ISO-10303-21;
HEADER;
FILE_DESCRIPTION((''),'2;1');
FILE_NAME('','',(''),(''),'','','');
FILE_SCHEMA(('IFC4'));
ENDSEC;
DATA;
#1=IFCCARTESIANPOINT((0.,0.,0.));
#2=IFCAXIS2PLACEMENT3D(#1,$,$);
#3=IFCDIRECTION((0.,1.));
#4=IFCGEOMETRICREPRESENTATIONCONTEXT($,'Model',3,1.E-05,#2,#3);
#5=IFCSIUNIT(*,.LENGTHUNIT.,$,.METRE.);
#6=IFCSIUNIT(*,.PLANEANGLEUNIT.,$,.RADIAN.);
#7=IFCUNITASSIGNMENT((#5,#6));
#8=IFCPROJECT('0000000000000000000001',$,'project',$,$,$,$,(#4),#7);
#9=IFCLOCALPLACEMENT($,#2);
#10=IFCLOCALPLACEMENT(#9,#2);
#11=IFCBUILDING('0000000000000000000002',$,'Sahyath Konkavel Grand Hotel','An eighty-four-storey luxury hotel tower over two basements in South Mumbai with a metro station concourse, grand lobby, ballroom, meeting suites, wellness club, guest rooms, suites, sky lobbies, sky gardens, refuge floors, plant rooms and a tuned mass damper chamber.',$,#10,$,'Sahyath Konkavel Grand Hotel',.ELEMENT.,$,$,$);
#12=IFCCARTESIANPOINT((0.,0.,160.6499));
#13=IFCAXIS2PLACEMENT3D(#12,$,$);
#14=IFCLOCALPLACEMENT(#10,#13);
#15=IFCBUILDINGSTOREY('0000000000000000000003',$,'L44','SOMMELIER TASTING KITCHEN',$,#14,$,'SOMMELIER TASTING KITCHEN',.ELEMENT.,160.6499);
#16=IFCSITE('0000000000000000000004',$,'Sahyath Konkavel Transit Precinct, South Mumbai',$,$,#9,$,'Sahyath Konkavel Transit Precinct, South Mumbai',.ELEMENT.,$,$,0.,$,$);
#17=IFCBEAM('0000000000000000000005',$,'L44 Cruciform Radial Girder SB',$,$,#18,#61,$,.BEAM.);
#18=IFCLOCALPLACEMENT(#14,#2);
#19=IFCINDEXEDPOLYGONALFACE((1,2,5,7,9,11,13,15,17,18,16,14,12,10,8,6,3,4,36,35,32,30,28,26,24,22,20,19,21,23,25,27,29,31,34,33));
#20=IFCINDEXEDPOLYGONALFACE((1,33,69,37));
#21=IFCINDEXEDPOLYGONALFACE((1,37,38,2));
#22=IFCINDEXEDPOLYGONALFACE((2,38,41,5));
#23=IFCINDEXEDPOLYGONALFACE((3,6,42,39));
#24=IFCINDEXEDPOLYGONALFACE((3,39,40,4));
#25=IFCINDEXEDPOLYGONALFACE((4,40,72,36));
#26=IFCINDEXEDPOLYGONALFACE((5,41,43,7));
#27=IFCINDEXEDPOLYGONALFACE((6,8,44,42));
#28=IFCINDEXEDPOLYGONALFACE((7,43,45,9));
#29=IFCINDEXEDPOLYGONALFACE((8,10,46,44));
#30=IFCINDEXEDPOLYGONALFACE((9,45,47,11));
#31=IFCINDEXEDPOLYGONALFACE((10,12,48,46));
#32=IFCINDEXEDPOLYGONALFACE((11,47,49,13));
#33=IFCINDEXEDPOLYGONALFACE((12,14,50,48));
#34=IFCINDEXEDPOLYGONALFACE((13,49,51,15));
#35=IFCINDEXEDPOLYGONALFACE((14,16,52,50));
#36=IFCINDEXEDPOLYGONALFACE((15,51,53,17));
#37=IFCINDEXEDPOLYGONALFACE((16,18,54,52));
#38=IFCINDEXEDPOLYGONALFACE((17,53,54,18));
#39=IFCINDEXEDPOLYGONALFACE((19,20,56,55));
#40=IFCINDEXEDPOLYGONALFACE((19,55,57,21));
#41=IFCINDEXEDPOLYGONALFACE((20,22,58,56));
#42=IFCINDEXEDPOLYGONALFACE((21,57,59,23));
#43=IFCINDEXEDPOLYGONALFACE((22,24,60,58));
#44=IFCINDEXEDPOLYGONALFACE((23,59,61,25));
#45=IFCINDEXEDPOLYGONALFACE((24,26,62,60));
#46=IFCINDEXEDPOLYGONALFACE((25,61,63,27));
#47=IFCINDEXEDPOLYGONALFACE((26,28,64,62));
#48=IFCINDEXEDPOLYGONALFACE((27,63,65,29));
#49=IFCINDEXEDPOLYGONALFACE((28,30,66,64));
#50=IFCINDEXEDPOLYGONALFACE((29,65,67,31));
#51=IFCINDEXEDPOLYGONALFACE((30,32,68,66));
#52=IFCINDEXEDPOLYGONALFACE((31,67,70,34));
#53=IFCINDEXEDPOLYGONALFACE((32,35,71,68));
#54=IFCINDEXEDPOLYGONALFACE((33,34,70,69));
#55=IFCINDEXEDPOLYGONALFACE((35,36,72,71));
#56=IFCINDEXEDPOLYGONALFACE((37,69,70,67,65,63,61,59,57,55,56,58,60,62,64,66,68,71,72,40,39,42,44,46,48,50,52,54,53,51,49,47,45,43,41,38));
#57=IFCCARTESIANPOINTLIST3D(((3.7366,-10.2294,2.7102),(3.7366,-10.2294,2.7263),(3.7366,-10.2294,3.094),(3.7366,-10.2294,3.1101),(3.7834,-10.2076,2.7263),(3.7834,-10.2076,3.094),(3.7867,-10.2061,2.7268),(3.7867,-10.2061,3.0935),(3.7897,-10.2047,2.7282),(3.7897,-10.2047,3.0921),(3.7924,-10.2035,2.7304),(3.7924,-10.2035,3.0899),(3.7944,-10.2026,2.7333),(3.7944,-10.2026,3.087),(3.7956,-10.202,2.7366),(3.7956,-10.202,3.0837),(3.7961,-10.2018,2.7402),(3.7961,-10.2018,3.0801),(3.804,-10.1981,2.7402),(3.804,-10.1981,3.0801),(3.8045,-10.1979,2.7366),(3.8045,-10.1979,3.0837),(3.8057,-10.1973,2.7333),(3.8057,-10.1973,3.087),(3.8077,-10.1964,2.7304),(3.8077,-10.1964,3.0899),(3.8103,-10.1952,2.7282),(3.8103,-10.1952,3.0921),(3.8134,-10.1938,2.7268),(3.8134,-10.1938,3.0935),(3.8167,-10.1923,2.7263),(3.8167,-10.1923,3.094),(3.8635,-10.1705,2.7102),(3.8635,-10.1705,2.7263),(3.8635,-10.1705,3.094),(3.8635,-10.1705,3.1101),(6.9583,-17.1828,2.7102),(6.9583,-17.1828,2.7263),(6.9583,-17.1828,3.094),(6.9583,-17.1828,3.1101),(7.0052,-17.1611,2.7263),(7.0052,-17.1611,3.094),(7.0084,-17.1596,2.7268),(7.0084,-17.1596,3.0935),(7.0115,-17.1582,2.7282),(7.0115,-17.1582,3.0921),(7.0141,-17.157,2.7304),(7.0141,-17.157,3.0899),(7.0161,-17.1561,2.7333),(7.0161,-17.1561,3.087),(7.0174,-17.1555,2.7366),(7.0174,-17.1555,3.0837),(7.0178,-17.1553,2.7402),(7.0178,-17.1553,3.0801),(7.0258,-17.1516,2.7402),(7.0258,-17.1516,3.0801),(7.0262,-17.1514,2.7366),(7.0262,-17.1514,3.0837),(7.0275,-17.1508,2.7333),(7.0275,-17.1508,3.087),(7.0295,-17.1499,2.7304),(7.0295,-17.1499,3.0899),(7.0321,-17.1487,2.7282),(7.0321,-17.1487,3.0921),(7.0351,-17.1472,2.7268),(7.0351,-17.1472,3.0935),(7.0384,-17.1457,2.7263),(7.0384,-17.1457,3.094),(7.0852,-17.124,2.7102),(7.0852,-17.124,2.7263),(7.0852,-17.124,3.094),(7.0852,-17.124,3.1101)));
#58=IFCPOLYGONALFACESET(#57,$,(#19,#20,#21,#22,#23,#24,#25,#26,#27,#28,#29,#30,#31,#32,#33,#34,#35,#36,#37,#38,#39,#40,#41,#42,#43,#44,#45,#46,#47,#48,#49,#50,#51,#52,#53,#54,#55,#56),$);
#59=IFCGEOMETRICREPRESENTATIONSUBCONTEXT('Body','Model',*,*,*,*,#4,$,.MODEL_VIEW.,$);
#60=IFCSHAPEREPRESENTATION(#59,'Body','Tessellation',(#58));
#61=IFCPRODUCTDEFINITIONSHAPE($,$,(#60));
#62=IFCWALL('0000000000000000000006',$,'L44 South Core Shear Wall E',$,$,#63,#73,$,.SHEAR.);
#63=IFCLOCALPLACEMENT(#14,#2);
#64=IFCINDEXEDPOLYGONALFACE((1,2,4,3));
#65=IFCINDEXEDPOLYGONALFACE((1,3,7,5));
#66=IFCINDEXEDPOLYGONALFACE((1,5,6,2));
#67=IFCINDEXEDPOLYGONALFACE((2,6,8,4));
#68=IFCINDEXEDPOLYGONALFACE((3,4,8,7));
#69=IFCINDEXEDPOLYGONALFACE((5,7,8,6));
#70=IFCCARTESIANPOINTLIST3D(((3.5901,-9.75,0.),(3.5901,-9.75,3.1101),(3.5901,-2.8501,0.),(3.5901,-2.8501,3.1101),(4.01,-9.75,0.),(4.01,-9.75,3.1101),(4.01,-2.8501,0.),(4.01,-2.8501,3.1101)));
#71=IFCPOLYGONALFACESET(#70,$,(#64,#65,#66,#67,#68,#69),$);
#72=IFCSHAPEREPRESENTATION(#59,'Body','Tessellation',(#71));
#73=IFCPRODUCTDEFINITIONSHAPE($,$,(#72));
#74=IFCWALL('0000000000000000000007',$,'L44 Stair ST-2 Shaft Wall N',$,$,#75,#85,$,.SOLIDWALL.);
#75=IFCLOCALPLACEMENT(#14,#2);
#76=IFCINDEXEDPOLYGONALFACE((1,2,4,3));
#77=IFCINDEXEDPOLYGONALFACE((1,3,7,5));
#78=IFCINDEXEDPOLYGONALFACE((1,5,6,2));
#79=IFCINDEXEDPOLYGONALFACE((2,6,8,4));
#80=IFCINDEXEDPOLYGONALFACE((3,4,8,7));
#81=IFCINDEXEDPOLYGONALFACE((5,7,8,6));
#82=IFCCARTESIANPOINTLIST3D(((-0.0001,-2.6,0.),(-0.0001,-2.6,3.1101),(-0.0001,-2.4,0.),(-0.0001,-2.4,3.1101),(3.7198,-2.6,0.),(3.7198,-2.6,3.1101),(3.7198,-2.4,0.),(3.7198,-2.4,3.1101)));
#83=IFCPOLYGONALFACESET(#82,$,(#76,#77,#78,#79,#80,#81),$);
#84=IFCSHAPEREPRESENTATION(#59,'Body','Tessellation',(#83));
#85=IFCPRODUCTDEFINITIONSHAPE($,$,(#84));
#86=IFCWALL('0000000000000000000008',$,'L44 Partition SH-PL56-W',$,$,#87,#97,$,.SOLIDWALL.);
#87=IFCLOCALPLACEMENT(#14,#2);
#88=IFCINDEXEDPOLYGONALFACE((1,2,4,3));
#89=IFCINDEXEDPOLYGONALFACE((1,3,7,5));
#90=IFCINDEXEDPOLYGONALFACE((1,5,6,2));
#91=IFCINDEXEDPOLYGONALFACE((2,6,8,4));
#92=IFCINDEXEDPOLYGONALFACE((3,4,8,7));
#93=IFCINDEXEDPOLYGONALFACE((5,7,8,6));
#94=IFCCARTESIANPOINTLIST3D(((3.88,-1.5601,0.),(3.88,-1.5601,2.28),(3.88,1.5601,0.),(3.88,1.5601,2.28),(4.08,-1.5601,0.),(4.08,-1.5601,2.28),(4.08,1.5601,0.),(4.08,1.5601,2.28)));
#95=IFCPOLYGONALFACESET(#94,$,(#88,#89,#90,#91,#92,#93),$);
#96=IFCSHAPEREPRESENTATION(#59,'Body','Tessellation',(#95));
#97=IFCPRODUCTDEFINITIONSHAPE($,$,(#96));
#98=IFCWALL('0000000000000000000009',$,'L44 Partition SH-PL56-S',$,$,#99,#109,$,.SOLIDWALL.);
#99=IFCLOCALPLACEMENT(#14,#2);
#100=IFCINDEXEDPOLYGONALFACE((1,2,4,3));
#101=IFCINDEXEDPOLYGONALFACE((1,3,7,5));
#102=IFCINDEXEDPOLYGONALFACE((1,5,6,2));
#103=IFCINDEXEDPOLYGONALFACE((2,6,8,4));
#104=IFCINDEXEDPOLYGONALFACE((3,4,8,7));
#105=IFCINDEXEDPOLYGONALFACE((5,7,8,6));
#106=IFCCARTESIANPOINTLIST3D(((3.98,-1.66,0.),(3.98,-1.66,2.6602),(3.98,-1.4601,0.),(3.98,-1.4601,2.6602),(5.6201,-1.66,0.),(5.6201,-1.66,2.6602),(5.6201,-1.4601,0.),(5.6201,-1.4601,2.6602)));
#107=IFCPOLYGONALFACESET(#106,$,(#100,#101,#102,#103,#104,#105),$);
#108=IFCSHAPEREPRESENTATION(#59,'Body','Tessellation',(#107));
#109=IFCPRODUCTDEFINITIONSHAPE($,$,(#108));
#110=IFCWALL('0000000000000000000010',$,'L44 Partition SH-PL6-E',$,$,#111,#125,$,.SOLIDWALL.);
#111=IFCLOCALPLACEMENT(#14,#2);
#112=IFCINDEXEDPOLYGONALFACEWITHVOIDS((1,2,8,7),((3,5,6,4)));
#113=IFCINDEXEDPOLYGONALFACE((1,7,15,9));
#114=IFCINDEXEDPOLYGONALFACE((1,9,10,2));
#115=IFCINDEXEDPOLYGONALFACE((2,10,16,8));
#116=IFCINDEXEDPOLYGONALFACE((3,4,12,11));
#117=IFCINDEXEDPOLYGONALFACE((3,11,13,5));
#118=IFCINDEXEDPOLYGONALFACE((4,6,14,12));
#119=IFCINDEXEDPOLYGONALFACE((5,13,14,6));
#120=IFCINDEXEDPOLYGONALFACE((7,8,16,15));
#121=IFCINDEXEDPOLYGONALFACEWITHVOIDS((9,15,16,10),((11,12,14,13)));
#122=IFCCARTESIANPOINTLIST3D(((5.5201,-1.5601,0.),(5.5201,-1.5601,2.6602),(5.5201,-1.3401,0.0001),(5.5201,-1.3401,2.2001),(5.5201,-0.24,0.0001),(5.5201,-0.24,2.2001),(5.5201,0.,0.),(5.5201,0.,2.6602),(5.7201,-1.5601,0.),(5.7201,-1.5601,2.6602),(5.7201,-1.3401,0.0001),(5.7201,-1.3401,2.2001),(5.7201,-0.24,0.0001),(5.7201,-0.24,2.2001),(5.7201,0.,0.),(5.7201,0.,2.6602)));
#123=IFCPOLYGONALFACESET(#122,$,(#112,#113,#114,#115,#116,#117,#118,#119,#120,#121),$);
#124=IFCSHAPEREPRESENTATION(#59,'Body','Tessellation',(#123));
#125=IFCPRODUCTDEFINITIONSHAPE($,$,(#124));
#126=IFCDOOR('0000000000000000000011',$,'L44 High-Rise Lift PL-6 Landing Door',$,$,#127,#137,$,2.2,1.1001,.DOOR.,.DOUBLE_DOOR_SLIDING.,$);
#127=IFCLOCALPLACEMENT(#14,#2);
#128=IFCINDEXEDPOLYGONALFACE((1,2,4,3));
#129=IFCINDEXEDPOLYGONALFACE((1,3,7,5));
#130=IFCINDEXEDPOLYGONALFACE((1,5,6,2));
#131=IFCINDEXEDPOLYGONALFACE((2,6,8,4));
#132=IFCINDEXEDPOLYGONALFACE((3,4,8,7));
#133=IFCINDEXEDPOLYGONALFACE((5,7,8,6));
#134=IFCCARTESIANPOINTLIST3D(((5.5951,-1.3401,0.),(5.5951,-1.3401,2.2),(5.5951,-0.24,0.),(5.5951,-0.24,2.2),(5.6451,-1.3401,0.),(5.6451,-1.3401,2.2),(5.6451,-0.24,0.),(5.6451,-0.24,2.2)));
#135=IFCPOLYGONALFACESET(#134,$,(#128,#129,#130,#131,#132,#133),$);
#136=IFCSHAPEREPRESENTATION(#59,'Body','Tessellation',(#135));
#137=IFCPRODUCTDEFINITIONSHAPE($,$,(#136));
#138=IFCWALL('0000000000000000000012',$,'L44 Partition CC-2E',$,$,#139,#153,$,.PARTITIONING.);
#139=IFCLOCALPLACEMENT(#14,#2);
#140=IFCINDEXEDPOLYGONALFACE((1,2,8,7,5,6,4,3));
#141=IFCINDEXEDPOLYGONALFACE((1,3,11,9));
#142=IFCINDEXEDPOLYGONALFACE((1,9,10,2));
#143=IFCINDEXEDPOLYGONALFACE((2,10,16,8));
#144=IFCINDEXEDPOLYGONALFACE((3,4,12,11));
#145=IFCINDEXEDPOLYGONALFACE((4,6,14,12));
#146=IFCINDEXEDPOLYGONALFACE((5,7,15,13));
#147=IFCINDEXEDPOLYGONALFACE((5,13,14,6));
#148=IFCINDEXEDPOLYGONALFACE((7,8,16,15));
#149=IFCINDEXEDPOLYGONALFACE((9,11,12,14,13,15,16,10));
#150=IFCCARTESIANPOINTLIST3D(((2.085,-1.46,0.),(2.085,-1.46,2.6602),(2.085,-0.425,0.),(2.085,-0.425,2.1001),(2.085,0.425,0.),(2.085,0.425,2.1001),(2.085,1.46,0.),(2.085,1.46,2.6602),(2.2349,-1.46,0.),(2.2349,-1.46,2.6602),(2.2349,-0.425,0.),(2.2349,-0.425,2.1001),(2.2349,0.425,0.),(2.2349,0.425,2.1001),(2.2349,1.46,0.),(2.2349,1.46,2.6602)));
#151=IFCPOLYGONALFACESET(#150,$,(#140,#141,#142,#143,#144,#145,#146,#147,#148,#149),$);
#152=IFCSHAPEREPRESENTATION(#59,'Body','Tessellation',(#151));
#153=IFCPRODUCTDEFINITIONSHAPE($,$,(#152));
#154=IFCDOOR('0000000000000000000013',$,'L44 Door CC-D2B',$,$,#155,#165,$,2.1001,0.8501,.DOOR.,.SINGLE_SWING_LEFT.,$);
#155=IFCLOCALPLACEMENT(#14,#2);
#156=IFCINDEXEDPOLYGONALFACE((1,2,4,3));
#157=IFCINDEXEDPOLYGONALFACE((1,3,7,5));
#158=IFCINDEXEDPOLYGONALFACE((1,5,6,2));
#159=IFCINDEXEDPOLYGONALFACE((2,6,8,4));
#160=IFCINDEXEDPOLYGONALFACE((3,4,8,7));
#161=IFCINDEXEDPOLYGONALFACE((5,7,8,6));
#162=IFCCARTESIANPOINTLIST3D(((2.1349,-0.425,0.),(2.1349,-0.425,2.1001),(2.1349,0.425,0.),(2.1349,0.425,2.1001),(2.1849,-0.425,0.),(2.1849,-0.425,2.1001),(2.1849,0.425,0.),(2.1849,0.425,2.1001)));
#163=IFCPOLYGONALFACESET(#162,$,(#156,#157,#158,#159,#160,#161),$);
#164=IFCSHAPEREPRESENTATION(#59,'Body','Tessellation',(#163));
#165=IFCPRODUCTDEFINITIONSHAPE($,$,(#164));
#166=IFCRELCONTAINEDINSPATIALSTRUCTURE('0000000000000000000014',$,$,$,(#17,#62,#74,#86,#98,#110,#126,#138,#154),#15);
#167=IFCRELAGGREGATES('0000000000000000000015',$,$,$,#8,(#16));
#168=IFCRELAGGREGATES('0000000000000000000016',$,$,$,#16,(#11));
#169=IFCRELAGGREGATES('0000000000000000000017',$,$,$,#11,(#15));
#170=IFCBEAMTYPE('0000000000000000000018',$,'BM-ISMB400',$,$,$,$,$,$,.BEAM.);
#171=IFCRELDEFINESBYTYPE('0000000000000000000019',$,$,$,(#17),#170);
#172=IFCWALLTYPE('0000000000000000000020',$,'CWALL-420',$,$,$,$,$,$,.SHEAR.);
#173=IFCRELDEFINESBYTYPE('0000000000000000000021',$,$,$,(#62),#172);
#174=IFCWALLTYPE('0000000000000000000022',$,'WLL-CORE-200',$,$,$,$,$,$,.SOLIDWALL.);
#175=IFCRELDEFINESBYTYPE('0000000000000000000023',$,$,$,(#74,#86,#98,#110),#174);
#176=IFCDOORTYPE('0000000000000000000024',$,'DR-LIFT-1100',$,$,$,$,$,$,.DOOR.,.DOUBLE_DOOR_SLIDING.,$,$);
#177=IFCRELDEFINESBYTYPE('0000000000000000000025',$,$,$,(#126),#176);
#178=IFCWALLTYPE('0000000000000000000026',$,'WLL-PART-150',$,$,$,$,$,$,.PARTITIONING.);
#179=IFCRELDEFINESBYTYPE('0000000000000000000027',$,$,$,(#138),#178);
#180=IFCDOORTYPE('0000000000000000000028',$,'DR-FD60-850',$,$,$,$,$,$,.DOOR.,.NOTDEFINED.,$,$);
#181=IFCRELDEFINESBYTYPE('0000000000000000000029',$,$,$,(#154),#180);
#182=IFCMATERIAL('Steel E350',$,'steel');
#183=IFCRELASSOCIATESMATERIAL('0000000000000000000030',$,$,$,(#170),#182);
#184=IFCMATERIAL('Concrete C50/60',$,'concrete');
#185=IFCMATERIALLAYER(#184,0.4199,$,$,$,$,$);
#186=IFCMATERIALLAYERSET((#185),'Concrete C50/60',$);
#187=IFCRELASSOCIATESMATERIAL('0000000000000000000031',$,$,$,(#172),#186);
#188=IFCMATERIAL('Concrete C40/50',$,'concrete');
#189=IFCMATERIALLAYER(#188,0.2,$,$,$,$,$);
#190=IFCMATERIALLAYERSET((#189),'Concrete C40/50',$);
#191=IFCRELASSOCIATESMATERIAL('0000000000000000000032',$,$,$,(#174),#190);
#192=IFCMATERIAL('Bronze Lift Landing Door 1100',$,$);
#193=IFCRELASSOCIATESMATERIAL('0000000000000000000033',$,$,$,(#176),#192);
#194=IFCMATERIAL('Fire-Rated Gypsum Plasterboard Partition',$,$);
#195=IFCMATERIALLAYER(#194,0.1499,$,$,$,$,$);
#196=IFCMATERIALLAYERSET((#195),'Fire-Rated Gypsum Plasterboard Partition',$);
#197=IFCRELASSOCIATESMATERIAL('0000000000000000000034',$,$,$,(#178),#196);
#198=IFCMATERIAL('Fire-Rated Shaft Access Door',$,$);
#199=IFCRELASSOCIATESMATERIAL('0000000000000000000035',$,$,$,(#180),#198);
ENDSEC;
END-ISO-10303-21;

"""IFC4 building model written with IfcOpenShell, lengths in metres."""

from ifc_helpers import new_model, si_unit, direction, frame, frame_2d, origin, origin_2d, place, context, subcontext, project, spatial, rectangle, i_section, extrude, source, transform, mapped, material, layer, layer_set, material_profile, profile_set, type_object, element, fill, save


model = new_model("IFC4")

# Units and contexts
model_context = context("Model", 3, precision=1e-05, world=origin(), true_north=direction((0.0, 1.0)))
body_context = subcontext(model_context, "Body", "Model", "MODEL_VIEW")
ifc_project = project(units=[si_unit("LENGTHUNIT", "METRE"), si_unit("PLANEANGLEUNIT", "RADIAN")], contexts=[model_context])

# Site, building, storey
site_placement = place(None, origin())
site = spatial("IfcSite", under=ifc_project, at=site_placement, Name="Sahyath Konkavel Transit Precinct, South Mumbai", LongName="Sahyath Konkavel Transit Precinct, South Mumbai", CompositionType="ELEMENT", RefElevation=0.0)
building_placement = place(site_placement, origin())
building = spatial("IfcBuilding", under=site, at=building_placement, Name="Sahyath Konkavel Grand Hotel", Description="An eighty-four-storey luxury hotel tower over two basements in South Mumbai with a metro station concourse, grand lobby, ballroom, meeting suites, wellness club, guest rooms, suites, sky lobbies, sky gardens, refuge floors, plant rooms and a tuned mass damper chamber.", LongName="Sahyath Konkavel Grand Hotel", CompositionType="ELEMENT")
storey_placement = place(building_placement, frame((0.0, 0.0, 160.6499)))
storey = spatial("IfcBuildingStorey", under=building, at=storey_placement, Name="L44", Description="SOMMELIER TASTING KITCHEN", LongName="SOMMELIER TASTING KITCHEN", CompositionType="ELEMENT", Elevation=160.6499)

# Shared definitions
ifc_material_1 = material(Name="Concrete C50/60", Category="concrete")

# Beam
ifc_material_2 = material(Name="Steel E350", Category="steel")
ifc_material_profile_1 = material_profile(ifc_material_2, i_section(OverallWidth=0.1399, OverallDepth=0.3999, WebThickness=0.0088, FlangeThickness=0.0161, FilletRadius=0.0139, at=origin_2d()), Name="ISMB 400")
ifc_profile_set_1 = profile_set([ifc_material_profile_1], Name="Steel E350")
beam_type_1 = type_object("IfcBeamType", Name="BM-ISMB400", PredefinedType="BEAM", material=ifc_profile_set_1)
shared_shape_1 = source(origin(), body_context, "Body", "SweptSolid", [
    extrude(i_section(OverallWidth=0.1399, OverallDepth=0.3999, WebThickness=0.0088, FlangeThickness=0.0161, FilletRadius=0.0139, at=origin_2d()), origin(), (0.0, 0.0, 1.0), 7.6636),
])
beam_1_placement = place(storey_placement, frame((3.8, -10.2, 2.9102), z_axis=(0.420395, -0.907341, 0.0), x_axis=(0.907341, 0.420395, 0.0)))
element("IfcBeam", 1, at=beam_1_placement, inside=storey, type_object=beam_type_1, Name="L44 Cruciform Radial Girder SB", PredefinedType="BEAM", context=body_context, shape_type="MappedRepresentation", body=[
    mapped(shared_shape_1, transform((0.0, 0.0, 0.0), scale=1.0)),
])

# Walls
ifc_layer_1 = layer(ifc_material_1, 0.4199)
ifc_layer_set_1 = layer_set([ifc_layer_1], Name="Concrete C50/60")
wall_type_1 = type_object("IfcWallType", Name="CWALL-420", PredefinedType="SHEAR", material=ifc_layer_set_1)
wall_1_placement = place(storey_placement, frame((3.8, -9.75, 0.0), z_axis=(0.0, 0.0, 1.0), x_axis=(0.0, 1.0, 0.0)))
element("IfcWall", 2, at=wall_1_placement, inside=storey, type_object=wall_type_1, Name="L44 South Core Shear Wall E", PredefinedType="SHEAR", context=body_context, shape_type="SweptSolid", body=[
    extrude(rectangle(XDim=6.8999, YDim=0.4199, at=frame_2d((3.45, 0.0))), origin(), (0.0, 0.0, 1.0), 3.1101),
])
ifc_material_3 = material(Name="Concrete C40/50", Category="concrete")
ifc_layer_2 = layer(ifc_material_3, 0.2)
ifc_layer_set_2 = layer_set([ifc_layer_2], Name="Concrete C40/50")
wall_type_2 = type_object("IfcWallType", Name="WLL-CORE-200", PredefinedType="SOLIDWALL", material=ifc_layer_set_2)
wall_2_placement = place(storey_placement, frame((0.0, -2.5, 0.0), z_axis=(0.0, 0.0, 1.0), x_axis=(1.0, 0.0, 0.0)))
element("IfcWall", 3, at=wall_2_placement, inside=storey, type_object=wall_type_2, Name="L44 Stair ST-2 Shaft Wall N", PredefinedType="SOLIDWALL", context=body_context, shape_type="SweptSolid", body=[
    extrude(rectangle(XDim=3.72, YDim=0.2, at=frame_2d((1.8599, 0.0))), origin(), (0.0, 0.0, 1.0), 3.1101),
])
wall_3_placement = place(storey_placement, frame((3.98, -1.5601, 0.0), z_axis=(0.0, 0.0, 1.0), x_axis=(0.0, 1.0, 0.0)))
element("IfcWall", 4, at=wall_3_placement, inside=storey, type_object=wall_type_2, Name="L44 Partition SH-PL56-W", PredefinedType="SOLIDWALL", context=body_context, shape_type="SweptSolid", body=[
    extrude(rectangle(XDim=3.1201, YDim=0.2, at=frame_2d((1.5601, 0.0))), origin(), (0.0, 0.0, 1.0), 2.28),
])
wall_4_placement = place(storey_placement, frame((3.98, -1.5601, 0.0), z_axis=(0.0, 0.0, 1.0), x_axis=(1.0, 0.0, 0.0)))
element("IfcWall", 5, at=wall_4_placement, inside=storey, type_object=wall_type_2, Name="L44 Partition SH-PL56-S", PredefinedType="SOLIDWALL", context=body_context, shape_type="SweptSolid", body=[
    extrude(rectangle(XDim=1.6401, YDim=0.2, at=frame_2d((0.8201, 0.0))), origin(), (0.0, 0.0, 1.0), 2.6602),
])

# Walls, openings, doors
wall_5_placement = place(storey_placement, frame((5.6201, -1.5601, 0.0), z_axis=(0.0, 0.0, 1.0), x_axis=(0.0, 1.0, 0.0)))
wall_5 = element("IfcWall", 6, at=wall_5_placement, inside=storey, type_object=wall_type_2, Name="L44 Partition SH-PL6-E", PredefinedType="SOLIDWALL", context=body_context, shape_type="SweptSolid", body=[
    extrude(rectangle(XDim=1.5601, YDim=0.2, at=frame_2d((0.78, 0.0))), origin(), (0.0, 0.0, 1.0), 2.6602),
])
opening_1_placement = place(wall_5_placement, frame((0.22, 0.0, 0.0)))
opening_1 = element("IfcOpeningElement", 7, at=opening_1_placement, cuts=wall_5, PredefinedType="OPENING", context=body_context, shape_type="SweptSolid", body=[
    extrude(rectangle(XDim=1.1001, YDim=2.2, at=frame_2d((0.55, 1.1001))), frame((0.0, 0.1099, 0.0), z_axis=(0.0, -1.0, 0.0), x_axis=(1.0, 0.0, 0.0)), (0.0, 0.0, 1.0), 0.22),
])
ifc_material_4 = material(Name="Bronze Lift Landing Door 1100")
door_type_1 = type_object("IfcDoorType", Name="DR-LIFT-1100", OperationType="DOUBLE_DOOR_SLIDING", PredefinedType="DOOR", material=ifc_material_4)
shared_shape_2 = source(origin(), body_context, "Body", "SweptSolid", [
    extrude(rectangle(XDim=1.1001, YDim=0.05, at=origin_2d()), origin(), (0.0, 0.0, 1.0), 2.2),
])
door_1_placement = place(opening_1_placement, frame((0.55, 0.0, 0.0)))
door_1 = element("IfcDoor", 8, at=door_1_placement, inside=storey, type_object=door_type_1, Name="L44 High-Rise Lift PL-6 Landing Door", OperationType="DOUBLE_DOOR_SLIDING", OverallHeight=2.2, OverallWidth=1.1001, PredefinedType="DOOR", context=body_context, shape_type="MappedRepresentation", body=[
    mapped(shared_shape_2, transform((0.0, 0.0, 0.0), scale=1.0)),
])
fill(opening_1, door_1)
ifc_material_5 = material(Name="Fire-Rated Gypsum Plasterboard Partition")
ifc_layer_3 = layer(ifc_material_5, 0.1499)
ifc_layer_set_3 = layer_set([ifc_layer_3], Name="Fire-Rated Gypsum Plasterboard Partition")
wall_type_3 = type_object("IfcWallType", Name="WLL-PART-150", PredefinedType="PARTITIONING", material=ifc_layer_set_3)
wall_6_placement = place(storey_placement, frame((2.1599, -1.46, 0.0), z_axis=(0.0, 0.0, 1.0), x_axis=(0.0, 1.0, 0.0)))
wall_6 = element("IfcWall", 9, at=wall_6_placement, inside=storey, type_object=wall_type_3, Name="L44 Partition CC-2E", PredefinedType="PARTITIONING", context=body_context, shape_type="SweptSolid", body=[
    extrude(rectangle(XDim=2.9199, YDim=0.1499, at=frame_2d((1.46, 0.0))), origin(), (0.0, 0.0, 1.0), 2.6602),
])
opening_2_placement = place(wall_6_placement, frame((1.0349, 0.0, 0.0)))
opening_2 = element("IfcOpeningElement", 10, at=opening_2_placement, cuts=wall_6, PredefinedType="OPENING", context=body_context, shape_type="SweptSolid", body=[
    extrude(rectangle(XDim=0.8501, YDim=2.1001, at=frame_2d((0.425, 1.05))), frame((0.0, 0.085, 0.0), z_axis=(0.0, -1.0, 0.0), x_axis=(1.0, 0.0, 0.0)), (0.0, 0.0, 1.0), 0.1699),
])
ifc_material_6 = material(Name="Fire-Rated Shaft Access Door")
door_type_2 = type_object("IfcDoorType", Name="DR-FD60-850", OperationType="NOTDEFINED", PredefinedType="DOOR", material=ifc_material_6)
shared_shape_3 = source(origin(), body_context, "Body", "SweptSolid", [
    extrude(rectangle(XDim=0.8501, YDim=0.05, at=origin_2d()), origin(), (0.0, 0.0, 1.0), 2.1001),
])
door_2_placement = place(opening_2_placement, frame((0.425, 0.0, 0.0)))
door_2 = element("IfcDoor", 11, at=door_2_placement, inside=storey, type_object=door_type_2, Name="L44 Door CC-D2B", OperationType="SINGLE_SWING_LEFT", OverallHeight=2.1001, OverallWidth=0.8501, PredefinedType="DOOR", context=body_context, shape_type="MappedRepresentation", body=[
    mapped(shared_shape_3, transform((0.0, 0.0, 0.0), scale=1.0)),
])
fill(opening_2, door_2)

save(model, "model.ifc")
